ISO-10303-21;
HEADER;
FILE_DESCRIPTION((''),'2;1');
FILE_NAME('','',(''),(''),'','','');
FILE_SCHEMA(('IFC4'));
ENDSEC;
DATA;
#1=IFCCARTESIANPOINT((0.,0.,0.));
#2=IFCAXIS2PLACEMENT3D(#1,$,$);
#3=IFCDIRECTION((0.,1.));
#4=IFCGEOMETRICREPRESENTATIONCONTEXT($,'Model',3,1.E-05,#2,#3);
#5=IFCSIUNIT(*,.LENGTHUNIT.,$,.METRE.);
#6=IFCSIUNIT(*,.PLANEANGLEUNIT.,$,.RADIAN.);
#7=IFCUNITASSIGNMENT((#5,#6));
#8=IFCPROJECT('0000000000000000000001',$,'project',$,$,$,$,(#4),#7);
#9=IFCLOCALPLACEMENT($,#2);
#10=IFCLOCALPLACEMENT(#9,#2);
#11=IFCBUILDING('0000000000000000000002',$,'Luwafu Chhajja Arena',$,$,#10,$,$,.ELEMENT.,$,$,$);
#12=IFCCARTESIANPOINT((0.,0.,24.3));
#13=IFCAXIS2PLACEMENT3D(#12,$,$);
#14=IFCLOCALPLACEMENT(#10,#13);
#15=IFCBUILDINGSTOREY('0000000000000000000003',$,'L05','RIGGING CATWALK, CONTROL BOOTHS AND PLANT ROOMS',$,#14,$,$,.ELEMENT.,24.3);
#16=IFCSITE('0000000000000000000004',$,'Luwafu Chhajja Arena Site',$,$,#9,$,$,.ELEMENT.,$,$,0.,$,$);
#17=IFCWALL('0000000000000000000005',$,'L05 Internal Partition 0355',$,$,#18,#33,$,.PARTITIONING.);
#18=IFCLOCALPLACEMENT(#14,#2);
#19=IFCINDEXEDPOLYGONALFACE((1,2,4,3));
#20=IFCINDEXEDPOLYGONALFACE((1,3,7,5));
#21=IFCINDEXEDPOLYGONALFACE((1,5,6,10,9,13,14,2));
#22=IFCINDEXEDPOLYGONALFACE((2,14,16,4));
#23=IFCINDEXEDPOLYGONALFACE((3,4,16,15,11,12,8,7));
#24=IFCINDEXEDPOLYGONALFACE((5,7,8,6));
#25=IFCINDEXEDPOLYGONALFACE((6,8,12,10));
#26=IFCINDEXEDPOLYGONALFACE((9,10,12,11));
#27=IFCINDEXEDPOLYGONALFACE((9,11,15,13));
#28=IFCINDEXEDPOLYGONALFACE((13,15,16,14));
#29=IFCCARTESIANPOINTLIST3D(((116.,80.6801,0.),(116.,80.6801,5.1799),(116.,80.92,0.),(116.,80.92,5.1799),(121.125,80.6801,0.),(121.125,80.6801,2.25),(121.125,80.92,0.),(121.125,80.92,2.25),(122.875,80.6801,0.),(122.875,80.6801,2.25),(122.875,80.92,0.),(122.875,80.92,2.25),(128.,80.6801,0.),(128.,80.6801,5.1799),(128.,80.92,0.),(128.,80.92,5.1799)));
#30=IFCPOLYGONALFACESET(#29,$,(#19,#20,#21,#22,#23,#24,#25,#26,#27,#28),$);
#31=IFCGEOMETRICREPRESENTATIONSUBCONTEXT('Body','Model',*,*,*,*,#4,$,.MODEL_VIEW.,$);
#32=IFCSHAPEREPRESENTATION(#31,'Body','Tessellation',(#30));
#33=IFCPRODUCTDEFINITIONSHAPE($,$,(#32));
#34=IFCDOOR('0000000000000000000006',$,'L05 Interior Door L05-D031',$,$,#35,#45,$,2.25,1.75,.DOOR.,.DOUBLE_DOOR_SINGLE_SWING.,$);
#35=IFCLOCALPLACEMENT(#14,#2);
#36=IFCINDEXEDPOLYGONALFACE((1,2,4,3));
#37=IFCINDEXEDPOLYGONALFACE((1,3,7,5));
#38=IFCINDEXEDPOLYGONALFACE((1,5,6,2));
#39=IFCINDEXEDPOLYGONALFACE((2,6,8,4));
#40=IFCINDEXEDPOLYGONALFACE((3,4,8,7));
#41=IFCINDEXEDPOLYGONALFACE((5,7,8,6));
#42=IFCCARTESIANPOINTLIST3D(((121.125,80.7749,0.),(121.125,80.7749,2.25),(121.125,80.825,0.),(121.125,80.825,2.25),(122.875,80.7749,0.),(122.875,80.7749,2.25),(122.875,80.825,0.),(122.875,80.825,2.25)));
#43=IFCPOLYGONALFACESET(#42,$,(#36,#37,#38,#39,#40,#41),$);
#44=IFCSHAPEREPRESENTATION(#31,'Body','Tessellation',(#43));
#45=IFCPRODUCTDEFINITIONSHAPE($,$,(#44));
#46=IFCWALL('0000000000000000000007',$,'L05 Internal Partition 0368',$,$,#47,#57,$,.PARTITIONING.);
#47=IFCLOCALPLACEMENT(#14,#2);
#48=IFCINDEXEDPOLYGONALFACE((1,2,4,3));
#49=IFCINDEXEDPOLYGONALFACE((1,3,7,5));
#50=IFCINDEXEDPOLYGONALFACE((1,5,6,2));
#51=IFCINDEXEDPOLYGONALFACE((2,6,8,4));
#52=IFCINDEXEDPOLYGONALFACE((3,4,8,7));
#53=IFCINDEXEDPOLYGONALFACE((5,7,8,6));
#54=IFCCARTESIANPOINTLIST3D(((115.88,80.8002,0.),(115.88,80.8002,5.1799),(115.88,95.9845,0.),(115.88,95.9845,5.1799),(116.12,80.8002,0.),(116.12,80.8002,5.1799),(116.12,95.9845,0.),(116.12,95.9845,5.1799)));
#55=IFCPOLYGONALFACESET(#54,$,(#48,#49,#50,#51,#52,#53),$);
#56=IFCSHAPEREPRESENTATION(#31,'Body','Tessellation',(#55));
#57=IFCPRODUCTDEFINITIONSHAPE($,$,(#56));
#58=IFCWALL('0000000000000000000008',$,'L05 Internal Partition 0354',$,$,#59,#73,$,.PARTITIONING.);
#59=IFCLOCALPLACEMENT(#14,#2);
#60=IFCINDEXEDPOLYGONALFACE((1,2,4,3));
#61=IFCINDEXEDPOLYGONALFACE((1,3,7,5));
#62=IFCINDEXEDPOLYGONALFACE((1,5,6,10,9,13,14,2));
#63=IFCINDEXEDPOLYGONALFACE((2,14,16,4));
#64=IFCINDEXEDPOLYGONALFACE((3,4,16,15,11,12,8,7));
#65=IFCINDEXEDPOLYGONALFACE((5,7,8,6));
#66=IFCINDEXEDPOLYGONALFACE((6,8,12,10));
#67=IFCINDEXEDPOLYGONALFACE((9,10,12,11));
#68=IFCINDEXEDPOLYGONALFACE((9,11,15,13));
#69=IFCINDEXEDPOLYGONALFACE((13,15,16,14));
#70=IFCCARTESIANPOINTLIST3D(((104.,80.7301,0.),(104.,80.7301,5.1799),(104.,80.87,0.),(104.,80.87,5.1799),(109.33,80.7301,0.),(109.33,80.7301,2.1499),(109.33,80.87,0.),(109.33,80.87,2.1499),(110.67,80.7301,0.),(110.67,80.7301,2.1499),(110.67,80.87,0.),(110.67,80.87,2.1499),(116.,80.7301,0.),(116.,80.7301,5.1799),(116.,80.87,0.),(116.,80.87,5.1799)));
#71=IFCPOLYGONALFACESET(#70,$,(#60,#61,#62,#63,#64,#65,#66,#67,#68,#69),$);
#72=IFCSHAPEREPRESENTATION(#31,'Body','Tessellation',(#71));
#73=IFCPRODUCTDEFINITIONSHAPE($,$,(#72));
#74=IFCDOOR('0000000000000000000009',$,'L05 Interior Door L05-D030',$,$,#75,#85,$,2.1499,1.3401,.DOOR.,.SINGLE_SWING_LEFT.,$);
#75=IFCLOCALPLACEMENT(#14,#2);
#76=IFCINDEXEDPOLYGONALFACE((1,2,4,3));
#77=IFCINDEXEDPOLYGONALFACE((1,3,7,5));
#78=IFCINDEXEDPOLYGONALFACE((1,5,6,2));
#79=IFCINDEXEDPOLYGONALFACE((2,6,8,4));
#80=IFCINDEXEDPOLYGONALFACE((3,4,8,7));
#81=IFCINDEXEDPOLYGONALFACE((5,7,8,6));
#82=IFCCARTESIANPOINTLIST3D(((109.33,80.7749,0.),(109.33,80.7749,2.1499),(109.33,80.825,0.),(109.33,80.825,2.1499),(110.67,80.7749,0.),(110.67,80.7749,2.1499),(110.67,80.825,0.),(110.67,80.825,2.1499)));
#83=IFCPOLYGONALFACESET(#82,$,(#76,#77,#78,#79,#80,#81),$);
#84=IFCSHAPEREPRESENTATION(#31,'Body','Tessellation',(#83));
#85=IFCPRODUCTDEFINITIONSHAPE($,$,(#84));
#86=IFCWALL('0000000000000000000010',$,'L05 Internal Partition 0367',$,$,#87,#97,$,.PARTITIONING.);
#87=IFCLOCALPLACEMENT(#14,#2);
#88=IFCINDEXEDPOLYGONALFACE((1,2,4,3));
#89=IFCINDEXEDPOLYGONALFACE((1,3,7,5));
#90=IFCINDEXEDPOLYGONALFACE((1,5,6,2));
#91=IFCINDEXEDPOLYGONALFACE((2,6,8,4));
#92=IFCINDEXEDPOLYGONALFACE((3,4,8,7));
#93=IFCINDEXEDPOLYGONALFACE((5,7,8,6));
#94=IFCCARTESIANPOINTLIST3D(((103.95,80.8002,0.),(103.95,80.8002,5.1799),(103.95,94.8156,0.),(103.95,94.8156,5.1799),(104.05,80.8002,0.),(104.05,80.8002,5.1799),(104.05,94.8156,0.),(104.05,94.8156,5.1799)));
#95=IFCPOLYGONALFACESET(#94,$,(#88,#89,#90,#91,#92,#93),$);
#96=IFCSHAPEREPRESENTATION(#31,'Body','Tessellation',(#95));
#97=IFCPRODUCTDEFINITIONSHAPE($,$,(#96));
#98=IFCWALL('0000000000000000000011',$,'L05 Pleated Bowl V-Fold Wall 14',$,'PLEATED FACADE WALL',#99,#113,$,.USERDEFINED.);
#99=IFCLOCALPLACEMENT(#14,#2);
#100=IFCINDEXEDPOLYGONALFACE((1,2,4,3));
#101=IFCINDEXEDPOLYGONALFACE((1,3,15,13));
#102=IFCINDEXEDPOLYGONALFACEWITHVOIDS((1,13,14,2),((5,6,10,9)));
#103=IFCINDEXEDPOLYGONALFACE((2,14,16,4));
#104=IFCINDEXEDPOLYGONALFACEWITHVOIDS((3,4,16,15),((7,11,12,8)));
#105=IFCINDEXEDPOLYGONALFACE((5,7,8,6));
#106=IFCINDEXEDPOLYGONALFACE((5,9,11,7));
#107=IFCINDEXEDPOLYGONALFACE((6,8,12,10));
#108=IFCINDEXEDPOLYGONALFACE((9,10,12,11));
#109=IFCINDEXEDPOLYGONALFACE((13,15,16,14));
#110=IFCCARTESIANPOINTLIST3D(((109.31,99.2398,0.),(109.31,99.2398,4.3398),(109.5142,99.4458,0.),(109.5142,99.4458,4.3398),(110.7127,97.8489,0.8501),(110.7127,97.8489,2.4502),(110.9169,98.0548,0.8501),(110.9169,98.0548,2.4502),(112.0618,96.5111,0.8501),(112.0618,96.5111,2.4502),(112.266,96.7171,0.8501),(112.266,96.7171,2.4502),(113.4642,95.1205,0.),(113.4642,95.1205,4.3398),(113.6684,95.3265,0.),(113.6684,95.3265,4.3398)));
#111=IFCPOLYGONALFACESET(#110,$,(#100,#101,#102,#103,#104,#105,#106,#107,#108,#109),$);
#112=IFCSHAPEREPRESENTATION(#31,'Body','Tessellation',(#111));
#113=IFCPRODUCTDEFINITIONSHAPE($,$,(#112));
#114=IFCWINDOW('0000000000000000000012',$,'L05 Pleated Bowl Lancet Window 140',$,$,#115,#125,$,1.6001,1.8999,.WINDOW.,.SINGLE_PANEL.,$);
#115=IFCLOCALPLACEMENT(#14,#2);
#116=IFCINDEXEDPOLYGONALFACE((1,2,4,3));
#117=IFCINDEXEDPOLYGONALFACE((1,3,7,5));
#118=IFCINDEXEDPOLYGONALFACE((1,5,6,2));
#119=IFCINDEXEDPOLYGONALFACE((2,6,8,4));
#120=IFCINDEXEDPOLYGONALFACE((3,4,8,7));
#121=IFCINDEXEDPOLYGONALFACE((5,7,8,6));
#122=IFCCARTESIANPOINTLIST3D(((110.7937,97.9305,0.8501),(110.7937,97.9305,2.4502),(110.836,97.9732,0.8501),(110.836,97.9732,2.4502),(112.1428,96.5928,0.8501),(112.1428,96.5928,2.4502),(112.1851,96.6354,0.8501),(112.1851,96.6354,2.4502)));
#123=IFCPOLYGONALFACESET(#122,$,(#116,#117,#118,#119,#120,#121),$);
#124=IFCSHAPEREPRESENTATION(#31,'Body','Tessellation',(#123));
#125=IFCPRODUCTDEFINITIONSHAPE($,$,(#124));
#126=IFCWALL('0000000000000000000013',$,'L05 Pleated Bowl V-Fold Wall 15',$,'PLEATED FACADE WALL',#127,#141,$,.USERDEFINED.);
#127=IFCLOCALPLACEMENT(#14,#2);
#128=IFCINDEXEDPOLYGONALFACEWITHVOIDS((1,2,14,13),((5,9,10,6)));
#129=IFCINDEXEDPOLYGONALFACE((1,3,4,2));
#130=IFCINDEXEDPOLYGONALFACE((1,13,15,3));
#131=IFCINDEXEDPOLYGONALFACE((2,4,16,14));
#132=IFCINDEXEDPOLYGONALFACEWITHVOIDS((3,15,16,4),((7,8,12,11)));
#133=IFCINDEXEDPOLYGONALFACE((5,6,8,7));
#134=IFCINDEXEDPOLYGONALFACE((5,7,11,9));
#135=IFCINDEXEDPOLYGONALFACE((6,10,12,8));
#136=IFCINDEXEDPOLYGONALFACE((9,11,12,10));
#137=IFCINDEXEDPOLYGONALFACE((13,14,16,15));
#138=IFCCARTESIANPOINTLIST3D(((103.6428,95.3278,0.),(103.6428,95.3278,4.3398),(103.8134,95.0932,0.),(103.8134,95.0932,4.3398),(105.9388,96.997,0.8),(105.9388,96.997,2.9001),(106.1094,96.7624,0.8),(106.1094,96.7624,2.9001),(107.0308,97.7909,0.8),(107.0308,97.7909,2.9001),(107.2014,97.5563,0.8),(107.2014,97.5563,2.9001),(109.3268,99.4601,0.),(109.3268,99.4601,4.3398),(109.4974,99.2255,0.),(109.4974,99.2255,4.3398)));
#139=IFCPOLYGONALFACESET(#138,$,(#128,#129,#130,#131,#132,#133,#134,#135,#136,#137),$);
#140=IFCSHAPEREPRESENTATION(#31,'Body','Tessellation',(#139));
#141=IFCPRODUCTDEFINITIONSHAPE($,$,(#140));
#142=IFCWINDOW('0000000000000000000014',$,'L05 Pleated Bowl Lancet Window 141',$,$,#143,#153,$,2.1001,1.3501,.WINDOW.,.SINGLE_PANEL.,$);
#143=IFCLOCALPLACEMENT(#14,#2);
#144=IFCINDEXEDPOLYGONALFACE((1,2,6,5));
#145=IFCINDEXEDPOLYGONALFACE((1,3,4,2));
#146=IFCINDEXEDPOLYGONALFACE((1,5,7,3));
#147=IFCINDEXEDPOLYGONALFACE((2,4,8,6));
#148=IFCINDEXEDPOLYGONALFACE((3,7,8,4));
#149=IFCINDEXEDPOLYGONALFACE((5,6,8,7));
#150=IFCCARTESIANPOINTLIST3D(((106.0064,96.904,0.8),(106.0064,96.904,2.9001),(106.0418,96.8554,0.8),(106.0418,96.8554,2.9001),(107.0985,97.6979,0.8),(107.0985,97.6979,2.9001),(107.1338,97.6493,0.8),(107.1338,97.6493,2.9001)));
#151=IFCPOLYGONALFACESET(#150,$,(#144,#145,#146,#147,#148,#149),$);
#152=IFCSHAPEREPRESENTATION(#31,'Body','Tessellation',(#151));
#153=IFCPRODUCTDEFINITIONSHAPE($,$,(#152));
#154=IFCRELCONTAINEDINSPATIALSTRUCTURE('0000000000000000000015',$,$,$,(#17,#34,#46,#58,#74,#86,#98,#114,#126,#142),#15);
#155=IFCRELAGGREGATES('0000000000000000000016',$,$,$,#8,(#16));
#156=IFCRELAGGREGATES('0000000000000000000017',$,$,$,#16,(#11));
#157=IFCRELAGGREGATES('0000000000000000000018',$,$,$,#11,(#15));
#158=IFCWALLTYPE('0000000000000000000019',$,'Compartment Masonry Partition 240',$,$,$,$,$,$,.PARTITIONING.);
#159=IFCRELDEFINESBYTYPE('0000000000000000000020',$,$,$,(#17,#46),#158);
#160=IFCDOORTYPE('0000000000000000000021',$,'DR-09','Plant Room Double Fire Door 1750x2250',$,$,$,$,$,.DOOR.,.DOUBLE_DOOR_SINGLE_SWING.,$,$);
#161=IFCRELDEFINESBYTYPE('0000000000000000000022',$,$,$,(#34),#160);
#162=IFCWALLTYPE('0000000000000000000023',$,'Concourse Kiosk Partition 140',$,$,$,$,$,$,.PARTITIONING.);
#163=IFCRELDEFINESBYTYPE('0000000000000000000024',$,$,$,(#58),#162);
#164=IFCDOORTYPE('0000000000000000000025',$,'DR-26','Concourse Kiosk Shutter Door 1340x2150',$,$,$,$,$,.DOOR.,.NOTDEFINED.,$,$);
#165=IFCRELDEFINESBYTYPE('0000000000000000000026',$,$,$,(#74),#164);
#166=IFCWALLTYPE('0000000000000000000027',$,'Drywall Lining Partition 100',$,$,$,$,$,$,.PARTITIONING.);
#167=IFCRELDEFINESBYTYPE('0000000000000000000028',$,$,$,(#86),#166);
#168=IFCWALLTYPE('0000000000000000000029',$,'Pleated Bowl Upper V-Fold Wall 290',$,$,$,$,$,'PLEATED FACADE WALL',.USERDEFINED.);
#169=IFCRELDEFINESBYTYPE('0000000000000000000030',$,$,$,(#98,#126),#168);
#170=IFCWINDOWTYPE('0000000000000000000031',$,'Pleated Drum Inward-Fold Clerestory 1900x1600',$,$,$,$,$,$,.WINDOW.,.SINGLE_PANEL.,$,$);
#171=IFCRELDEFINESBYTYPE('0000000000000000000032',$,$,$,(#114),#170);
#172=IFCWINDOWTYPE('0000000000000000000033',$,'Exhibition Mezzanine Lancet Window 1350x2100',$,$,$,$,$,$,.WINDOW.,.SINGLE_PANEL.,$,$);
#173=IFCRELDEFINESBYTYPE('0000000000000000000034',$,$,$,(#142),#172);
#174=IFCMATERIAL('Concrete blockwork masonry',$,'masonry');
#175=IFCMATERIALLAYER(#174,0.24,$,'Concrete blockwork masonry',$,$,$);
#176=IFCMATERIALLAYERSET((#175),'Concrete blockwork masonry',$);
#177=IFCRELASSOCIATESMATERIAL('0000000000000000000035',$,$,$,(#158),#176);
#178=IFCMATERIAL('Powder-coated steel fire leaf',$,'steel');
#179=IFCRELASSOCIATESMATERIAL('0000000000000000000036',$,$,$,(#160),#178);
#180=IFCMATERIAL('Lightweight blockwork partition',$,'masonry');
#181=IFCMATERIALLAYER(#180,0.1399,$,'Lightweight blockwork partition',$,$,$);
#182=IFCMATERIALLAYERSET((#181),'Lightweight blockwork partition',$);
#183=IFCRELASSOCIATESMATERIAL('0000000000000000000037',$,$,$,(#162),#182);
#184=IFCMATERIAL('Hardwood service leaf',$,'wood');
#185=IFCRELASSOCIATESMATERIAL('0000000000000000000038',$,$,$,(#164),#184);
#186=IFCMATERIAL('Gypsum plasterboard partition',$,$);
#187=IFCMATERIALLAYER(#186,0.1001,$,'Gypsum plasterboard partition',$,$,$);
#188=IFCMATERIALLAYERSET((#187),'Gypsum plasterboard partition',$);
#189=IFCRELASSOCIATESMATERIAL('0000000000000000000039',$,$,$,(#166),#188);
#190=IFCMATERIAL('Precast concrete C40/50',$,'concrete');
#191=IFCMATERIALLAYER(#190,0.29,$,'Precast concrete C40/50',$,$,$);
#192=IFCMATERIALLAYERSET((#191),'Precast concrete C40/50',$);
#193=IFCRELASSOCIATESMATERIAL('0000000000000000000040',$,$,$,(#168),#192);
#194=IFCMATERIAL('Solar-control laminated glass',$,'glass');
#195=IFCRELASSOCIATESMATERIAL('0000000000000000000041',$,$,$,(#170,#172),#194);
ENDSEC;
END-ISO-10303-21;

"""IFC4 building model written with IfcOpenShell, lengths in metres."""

from ifc_helpers import new_model, si_unit, direction, frame, frame_2d, origin, place, context, subcontext, project, spatial, rectangle, extrude, material, layer, layer_set, type_object, element, fill, save


model = new_model("IFC4")

# Units and contexts
model_context = context("Model", 3, precision=1e-05, world=origin(), true_north=direction((0.0, 1.0)))
body_context = subcontext(model_context, "Body", "Model", "MODEL_VIEW")
ifc_project = project(units=[si_unit("LENGTHUNIT", "METRE"), si_unit("PLANEANGLEUNIT", "RADIAN")], contexts=[model_context])

# Site, building, storey
site_placement = place(None, origin())
site = spatial("IfcSite", under=ifc_project, at=site_placement, Name="Luwafu Chhajja Arena Site", CompositionType="ELEMENT", RefElevation=0.0)
building_placement = place(site_placement, origin())
building = spatial("IfcBuilding", under=site, at=building_placement, Name="Luwafu Chhajja Arena", CompositionType="ELEMENT")
storey_placement = place(building_placement, frame((0.0, 0.0, 24.3)))
storey = spatial("IfcBuildingStorey", under=building, at=storey_placement, Name="L05", Description="RIGGING CATWALK, CONTROL BOOTHS AND PLANT ROOMS", CompositionType="ELEMENT", Elevation=24.3)

# Shared definitions
ifc_material_1 = material(Name="Solar-control laminated glass", Category="glass")

# Wall, opening, door
ifc_material_2 = material(Name="Concrete blockwork masonry", Category="masonry")
ifc_layer_1 = layer(ifc_material_2, 0.24, Name="Concrete blockwork masonry")
ifc_layer_set_1 = layer_set([ifc_layer_1], Name="Concrete blockwork masonry")
wall_type_1 = type_object("IfcWallType", Name="Compartment Masonry Partition 240", PredefinedType="PARTITIONING", material=ifc_layer_set_1)
wall_1_placement = place(storey_placement, frame((116.0, 80.8, 0.0), z_axis=(0.0, 0.0, 1.0), x_axis=(1.0, 0.0, 0.0)))
wall_1 = element("IfcWall", 1, at=wall_1_placement, inside=storey, type_object=wall_type_1, Name="L05 Internal Partition 0355", PredefinedType="PARTITIONING", context=body_context, shape_type="SweptSolid", body=[
    extrude(rectangle(XDim=12.0, YDim=0.24, at=frame_2d((6.0, 0.0))), origin(), (0.0, 0.0, 1.0), 5.1799),
])
opening_1_placement = place(wall_1_placement, frame((5.125, 0.0, 0.0)))
opening_1 = element("IfcOpeningElement", 2, at=opening_1_placement, cuts=wall_1, PredefinedType="OPENING", context=body_context, shape_type="SweptSolid", body=[
    extrude(rectangle(XDim=1.75, YDim=2.25, at=frame_2d((0.875, 1.125))), frame((0.0, 0.1299, 0.0), z_axis=(0.0, -1.0, 0.0), x_axis=(1.0, 0.0, 0.0)), (0.0, 0.0, 1.0), 0.26),
])
ifc_material_3 = material(Name="Powder-coated steel fire leaf", Category="steel")
door_type_1 = type_object("IfcDoorType", Name="DR-09", Description="Plant Room Double Fire Door 1750x2250", OperationType="DOUBLE_DOOR_SINGLE_SWING", PredefinedType="DOOR", material=ifc_material_3)
door_1_placement = place(opening_1_placement, origin())
door_1 = element("IfcDoor", 3, at=door_1_placement, inside=storey, type_object=door_type_1, Name="L05 Interior Door L05-D031", OperationType="DOUBLE_DOOR_SINGLE_SWING", OverallHeight=2.25, OverallWidth=1.75, PredefinedType="DOOR", context=body_context, shape_type="SweptSolid", body=[
    extrude(rectangle(XDim=1.75, YDim=2.25, at=frame_2d((0.875, 1.125))), frame((0.0, 0.0249, 0.0), z_axis=(0.0, -1.0, 0.0), x_axis=(1.0, 0.0, 0.0)), (0.0, 0.0, 1.0), 0.05),
])
fill(opening_1, door_1)

# Wall
wall_2_placement = place(storey_placement, frame((116.0, 80.8, 0.0), z_axis=(0.0, 0.0, 1.0), x_axis=(0.0, 1.0, 0.0)))
element("IfcWall", 4, at=wall_2_placement, inside=storey, type_object=wall_type_1, Name="L05 Internal Partition 0368", PredefinedType="PARTITIONING", context=body_context, shape_type="SweptSolid", body=[
    extrude(rectangle(XDim=15.1843, YDim=0.24, at=frame_2d((7.5923, 0.0))), origin(), (0.0, 0.0, 1.0), 5.1799),
])

# Wall, opening, door
ifc_material_4 = material(Name="Lightweight blockwork partition", Category="masonry")
ifc_layer_2 = layer(ifc_material_4, 0.1399, Name="Lightweight blockwork partition")
ifc_layer_set_2 = layer_set([ifc_layer_2], Name="Lightweight blockwork partition")
wall_type_2 = type_object("IfcWallType", Name="Concourse Kiosk Partition 140", PredefinedType="PARTITIONING", material=ifc_layer_set_2)
wall_3_placement = place(storey_placement, frame((104.0, 80.8, 0.0), z_axis=(0.0, 0.0, 1.0), x_axis=(1.0, 0.0, 0.0)))
wall_3 = element("IfcWall", 5, at=wall_3_placement, inside=storey, type_object=wall_type_2, Name="L05 Internal Partition 0354", PredefinedType="PARTITIONING", context=body_context, shape_type="SweptSolid", body=[
    extrude(rectangle(XDim=12.0, YDim=0.1399, at=frame_2d((6.0, 0.0))), origin(), (0.0, 0.0, 1.0), 5.1799),
])
opening_2_placement = place(wall_3_placement, frame((5.3301, 0.0, 0.0)))
opening_2 = element("IfcOpeningElement", 6, at=opening_2_placement, cuts=wall_3, PredefinedType="OPENING", context=body_context, shape_type="SweptSolid", body=[
    extrude(rectangle(XDim=1.3401, YDim=2.1499, at=frame_2d((0.6699, 1.075))), frame((0.0, 0.0798, 0.0), z_axis=(0.0, -1.0, 0.0), x_axis=(1.0, 0.0, 0.0)), (0.0, 0.0, 1.0), 0.1599),
])
ifc_material_5 = material(Name="Hardwood service leaf", Category="wood")
door_type_2 = type_object("IfcDoorType", Name="DR-26", Description="Concourse Kiosk Shutter Door 1340x2150", OperationType="NOTDEFINED", PredefinedType="DOOR", material=ifc_material_5)
door_2_placement = place(opening_2_placement, origin())
door_2 = element("IfcDoor", 7, at=door_2_placement, inside=storey, type_object=door_type_2, Name="L05 Interior Door L05-D030", OperationType="SINGLE_SWING_LEFT", OverallHeight=2.1499, OverallWidth=1.3401, PredefinedType="DOOR", context=body_context, shape_type="SweptSolid", body=[
    extrude(rectangle(XDim=1.3401, YDim=2.1499, at=frame_2d((0.6699, 1.075))), frame((0.0, 0.0249, 0.0), z_axis=(0.0, -1.0, 0.0), x_axis=(1.0, 0.0, 0.0)), (0.0, 0.0, 1.0), 0.05),
])
fill(opening_2, door_2)

# Wall
ifc_material_6 = material(Name="Gypsum plasterboard partition")
ifc_layer_3 = layer(ifc_material_6, 0.1001, Name="Gypsum plasterboard partition")
ifc_layer_set_3 = layer_set([ifc_layer_3], Name="Gypsum plasterboard partition")
wall_type_3 = type_object("IfcWallType", Name="Drywall Lining Partition 100", PredefinedType="PARTITIONING", material=ifc_layer_set_3)
wall_4_placement = place(storey_placement, frame((104.0, 80.8, 0.0), z_axis=(0.0, 0.0, 1.0), x_axis=(0.0, 1.0, 0.0)))
element("IfcWall", 8, at=wall_4_placement, inside=storey, type_object=wall_type_3, Name="L05 Internal Partition 0367", PredefinedType="PARTITIONING", context=body_context, shape_type="SweptSolid", body=[
    extrude(rectangle(XDim=14.0154, YDim=0.1001, at=frame_2d((7.0078, 0.0))), origin(), (0.0, 0.0, 1.0), 5.1799),
])

# Walls, openings, windows
ifc_material_7 = material(Name="Precast concrete C40/50", Category="concrete")
ifc_layer_4 = layer(ifc_material_7, 0.29, Name="Precast concrete C40/50")
ifc_layer_set_4 = layer_set([ifc_layer_4], Name="Precast concrete C40/50")
wall_type_4 = type_object("IfcWallType", Name="Pleated Bowl Upper V-Fold Wall 290", ElementType="PLEATED FACADE WALL", PredefinedType="USERDEFINED", material=ifc_layer_set_4)
wall_5_placement = place(storey_placement, frame((113.5664, 95.2234, 0.0), z_axis=(0.0, 0.0, 1.0), x_axis=(-0.710084, 0.704117, 0.0)))
wall_5 = element("IfcWall", 9, at=wall_5_placement, inside=storey, type_object=wall_type_4, Name="L05 Pleated Bowl V-Fold Wall 14", ObjectType="PLEATED FACADE WALL", PredefinedType="USERDEFINED", context=body_context, shape_type="SweptSolid", body=[
    extrude(rectangle(XDim=5.8503, YDim=0.29, at=frame_2d((2.9253, 0.0))), origin(), (0.0, 0.0, 1.0), 4.3398),
])
opening_3_placement = place(wall_5_placement, frame((1.9751, 0.0, 0.8501)))
opening_3 = element("IfcOpeningElement", 10, at=opening_3_placement, cuts=wall_5, PredefinedType="OPENING", context=body_context, shape_type="SweptSolid", body=[
    extrude(rectangle(XDim=1.8999, YDim=1.6001, at=frame_2d((0.95, 0.8))), frame((0.0, 0.155, 0.0), z_axis=(0.0, -1.0, 0.0), x_axis=(1.0, 0.0, 0.0)), (0.0, 0.0, 1.0), 0.3101),
])
window_type_1 = type_object("IfcWindowType", Name="Pleated Drum Inward-Fold Clerestory 1900x1600", PartitioningType="SINGLE_PANEL", PredefinedType="WINDOW", material=ifc_material_1)
window_1_placement = place(opening_3_placement, origin())
window_1 = element("IfcWindow", 11, at=window_1_placement, inside=storey, type_object=window_type_1, Name="L05 Pleated Bowl Lancet Window 140", OverallHeight=1.6001, OverallWidth=1.8999, PartitioningType="SINGLE_PANEL", PredefinedType="WINDOW", context=body_context, shape_type="SweptSolid", body=[
    extrude(rectangle(XDim=1.8999, YDim=1.6001, at=frame_2d((0.95, 0.8))), frame((0.0, 0.03, 0.0), z_axis=(0.0, -1.0, 0.0), x_axis=(1.0, 0.0, 0.0)), (0.0, 0.0, 1.0), 0.0601),
])
fill(opening_3, window_1)
wall_6_placement = place(storey_placement, frame((109.4121, 99.3428, 0.0), z_axis=(0.0, 0.0, 1.0), x_axis=(-0.808841, -0.588027, 0.0)))
wall_6 = element("IfcWall", 12, at=wall_6_placement, inside=storey, type_object=wall_type_4, Name="L05 Pleated Bowl V-Fold Wall 15", ObjectType="PLEATED FACADE WALL", PredefinedType="USERDEFINED", context=body_context, shape_type="SweptSolid", body=[
    extrude(rectangle(XDim=7.0273, YDim=0.29, at=frame_2d((3.5137, 0.0))), origin(), (0.0, 0.0, 1.0), 4.3398),
])
opening_4_placement = place(wall_6_placement, frame((2.8386, 0.0, 0.8)))
opening_4 = element("IfcOpeningElement", 13, at=opening_4_placement, cuts=wall_6, PredefinedType="OPENING", context=body_context, shape_type="SweptSolid", body=[
    extrude(rectangle(XDim=1.3501, YDim=2.1001, at=frame_2d((0.675, 1.05))), frame((0.0, 0.155, 0.0), z_axis=(0.0, -1.0, 0.0), x_axis=(1.0, 0.0, 0.0)), (0.0, 0.0, 1.0), 0.3101),
])
window_type_2 = type_object("IfcWindowType", Name="Exhibition Mezzanine Lancet Window 1350x2100", PartitioningType="SINGLE_PANEL", PredefinedType="WINDOW", material=ifc_material_1)
window_2_placement = place(opening_4_placement, origin())
window_2 = element("IfcWindow", 14, at=window_2_placement, inside=storey, type_object=window_type_2, Name="L05 Pleated Bowl Lancet Window 141", OverallHeight=2.1001, OverallWidth=1.3501, PartitioningType="SINGLE_PANEL", PredefinedType="WINDOW", context=body_context, shape_type="SweptSolid", body=[
    extrude(rectangle(XDim=1.3501, YDim=2.1001, at=frame_2d((0.675, 1.05))), frame((0.0, 0.03, 0.0), z_axis=(0.0, -1.0, 0.0), x_axis=(1.0, 0.0, 0.0)), (0.0, 0.0, 1.0), 0.0601),
])
fill(opening_4, window_2)

save(model, "model.ifc")
